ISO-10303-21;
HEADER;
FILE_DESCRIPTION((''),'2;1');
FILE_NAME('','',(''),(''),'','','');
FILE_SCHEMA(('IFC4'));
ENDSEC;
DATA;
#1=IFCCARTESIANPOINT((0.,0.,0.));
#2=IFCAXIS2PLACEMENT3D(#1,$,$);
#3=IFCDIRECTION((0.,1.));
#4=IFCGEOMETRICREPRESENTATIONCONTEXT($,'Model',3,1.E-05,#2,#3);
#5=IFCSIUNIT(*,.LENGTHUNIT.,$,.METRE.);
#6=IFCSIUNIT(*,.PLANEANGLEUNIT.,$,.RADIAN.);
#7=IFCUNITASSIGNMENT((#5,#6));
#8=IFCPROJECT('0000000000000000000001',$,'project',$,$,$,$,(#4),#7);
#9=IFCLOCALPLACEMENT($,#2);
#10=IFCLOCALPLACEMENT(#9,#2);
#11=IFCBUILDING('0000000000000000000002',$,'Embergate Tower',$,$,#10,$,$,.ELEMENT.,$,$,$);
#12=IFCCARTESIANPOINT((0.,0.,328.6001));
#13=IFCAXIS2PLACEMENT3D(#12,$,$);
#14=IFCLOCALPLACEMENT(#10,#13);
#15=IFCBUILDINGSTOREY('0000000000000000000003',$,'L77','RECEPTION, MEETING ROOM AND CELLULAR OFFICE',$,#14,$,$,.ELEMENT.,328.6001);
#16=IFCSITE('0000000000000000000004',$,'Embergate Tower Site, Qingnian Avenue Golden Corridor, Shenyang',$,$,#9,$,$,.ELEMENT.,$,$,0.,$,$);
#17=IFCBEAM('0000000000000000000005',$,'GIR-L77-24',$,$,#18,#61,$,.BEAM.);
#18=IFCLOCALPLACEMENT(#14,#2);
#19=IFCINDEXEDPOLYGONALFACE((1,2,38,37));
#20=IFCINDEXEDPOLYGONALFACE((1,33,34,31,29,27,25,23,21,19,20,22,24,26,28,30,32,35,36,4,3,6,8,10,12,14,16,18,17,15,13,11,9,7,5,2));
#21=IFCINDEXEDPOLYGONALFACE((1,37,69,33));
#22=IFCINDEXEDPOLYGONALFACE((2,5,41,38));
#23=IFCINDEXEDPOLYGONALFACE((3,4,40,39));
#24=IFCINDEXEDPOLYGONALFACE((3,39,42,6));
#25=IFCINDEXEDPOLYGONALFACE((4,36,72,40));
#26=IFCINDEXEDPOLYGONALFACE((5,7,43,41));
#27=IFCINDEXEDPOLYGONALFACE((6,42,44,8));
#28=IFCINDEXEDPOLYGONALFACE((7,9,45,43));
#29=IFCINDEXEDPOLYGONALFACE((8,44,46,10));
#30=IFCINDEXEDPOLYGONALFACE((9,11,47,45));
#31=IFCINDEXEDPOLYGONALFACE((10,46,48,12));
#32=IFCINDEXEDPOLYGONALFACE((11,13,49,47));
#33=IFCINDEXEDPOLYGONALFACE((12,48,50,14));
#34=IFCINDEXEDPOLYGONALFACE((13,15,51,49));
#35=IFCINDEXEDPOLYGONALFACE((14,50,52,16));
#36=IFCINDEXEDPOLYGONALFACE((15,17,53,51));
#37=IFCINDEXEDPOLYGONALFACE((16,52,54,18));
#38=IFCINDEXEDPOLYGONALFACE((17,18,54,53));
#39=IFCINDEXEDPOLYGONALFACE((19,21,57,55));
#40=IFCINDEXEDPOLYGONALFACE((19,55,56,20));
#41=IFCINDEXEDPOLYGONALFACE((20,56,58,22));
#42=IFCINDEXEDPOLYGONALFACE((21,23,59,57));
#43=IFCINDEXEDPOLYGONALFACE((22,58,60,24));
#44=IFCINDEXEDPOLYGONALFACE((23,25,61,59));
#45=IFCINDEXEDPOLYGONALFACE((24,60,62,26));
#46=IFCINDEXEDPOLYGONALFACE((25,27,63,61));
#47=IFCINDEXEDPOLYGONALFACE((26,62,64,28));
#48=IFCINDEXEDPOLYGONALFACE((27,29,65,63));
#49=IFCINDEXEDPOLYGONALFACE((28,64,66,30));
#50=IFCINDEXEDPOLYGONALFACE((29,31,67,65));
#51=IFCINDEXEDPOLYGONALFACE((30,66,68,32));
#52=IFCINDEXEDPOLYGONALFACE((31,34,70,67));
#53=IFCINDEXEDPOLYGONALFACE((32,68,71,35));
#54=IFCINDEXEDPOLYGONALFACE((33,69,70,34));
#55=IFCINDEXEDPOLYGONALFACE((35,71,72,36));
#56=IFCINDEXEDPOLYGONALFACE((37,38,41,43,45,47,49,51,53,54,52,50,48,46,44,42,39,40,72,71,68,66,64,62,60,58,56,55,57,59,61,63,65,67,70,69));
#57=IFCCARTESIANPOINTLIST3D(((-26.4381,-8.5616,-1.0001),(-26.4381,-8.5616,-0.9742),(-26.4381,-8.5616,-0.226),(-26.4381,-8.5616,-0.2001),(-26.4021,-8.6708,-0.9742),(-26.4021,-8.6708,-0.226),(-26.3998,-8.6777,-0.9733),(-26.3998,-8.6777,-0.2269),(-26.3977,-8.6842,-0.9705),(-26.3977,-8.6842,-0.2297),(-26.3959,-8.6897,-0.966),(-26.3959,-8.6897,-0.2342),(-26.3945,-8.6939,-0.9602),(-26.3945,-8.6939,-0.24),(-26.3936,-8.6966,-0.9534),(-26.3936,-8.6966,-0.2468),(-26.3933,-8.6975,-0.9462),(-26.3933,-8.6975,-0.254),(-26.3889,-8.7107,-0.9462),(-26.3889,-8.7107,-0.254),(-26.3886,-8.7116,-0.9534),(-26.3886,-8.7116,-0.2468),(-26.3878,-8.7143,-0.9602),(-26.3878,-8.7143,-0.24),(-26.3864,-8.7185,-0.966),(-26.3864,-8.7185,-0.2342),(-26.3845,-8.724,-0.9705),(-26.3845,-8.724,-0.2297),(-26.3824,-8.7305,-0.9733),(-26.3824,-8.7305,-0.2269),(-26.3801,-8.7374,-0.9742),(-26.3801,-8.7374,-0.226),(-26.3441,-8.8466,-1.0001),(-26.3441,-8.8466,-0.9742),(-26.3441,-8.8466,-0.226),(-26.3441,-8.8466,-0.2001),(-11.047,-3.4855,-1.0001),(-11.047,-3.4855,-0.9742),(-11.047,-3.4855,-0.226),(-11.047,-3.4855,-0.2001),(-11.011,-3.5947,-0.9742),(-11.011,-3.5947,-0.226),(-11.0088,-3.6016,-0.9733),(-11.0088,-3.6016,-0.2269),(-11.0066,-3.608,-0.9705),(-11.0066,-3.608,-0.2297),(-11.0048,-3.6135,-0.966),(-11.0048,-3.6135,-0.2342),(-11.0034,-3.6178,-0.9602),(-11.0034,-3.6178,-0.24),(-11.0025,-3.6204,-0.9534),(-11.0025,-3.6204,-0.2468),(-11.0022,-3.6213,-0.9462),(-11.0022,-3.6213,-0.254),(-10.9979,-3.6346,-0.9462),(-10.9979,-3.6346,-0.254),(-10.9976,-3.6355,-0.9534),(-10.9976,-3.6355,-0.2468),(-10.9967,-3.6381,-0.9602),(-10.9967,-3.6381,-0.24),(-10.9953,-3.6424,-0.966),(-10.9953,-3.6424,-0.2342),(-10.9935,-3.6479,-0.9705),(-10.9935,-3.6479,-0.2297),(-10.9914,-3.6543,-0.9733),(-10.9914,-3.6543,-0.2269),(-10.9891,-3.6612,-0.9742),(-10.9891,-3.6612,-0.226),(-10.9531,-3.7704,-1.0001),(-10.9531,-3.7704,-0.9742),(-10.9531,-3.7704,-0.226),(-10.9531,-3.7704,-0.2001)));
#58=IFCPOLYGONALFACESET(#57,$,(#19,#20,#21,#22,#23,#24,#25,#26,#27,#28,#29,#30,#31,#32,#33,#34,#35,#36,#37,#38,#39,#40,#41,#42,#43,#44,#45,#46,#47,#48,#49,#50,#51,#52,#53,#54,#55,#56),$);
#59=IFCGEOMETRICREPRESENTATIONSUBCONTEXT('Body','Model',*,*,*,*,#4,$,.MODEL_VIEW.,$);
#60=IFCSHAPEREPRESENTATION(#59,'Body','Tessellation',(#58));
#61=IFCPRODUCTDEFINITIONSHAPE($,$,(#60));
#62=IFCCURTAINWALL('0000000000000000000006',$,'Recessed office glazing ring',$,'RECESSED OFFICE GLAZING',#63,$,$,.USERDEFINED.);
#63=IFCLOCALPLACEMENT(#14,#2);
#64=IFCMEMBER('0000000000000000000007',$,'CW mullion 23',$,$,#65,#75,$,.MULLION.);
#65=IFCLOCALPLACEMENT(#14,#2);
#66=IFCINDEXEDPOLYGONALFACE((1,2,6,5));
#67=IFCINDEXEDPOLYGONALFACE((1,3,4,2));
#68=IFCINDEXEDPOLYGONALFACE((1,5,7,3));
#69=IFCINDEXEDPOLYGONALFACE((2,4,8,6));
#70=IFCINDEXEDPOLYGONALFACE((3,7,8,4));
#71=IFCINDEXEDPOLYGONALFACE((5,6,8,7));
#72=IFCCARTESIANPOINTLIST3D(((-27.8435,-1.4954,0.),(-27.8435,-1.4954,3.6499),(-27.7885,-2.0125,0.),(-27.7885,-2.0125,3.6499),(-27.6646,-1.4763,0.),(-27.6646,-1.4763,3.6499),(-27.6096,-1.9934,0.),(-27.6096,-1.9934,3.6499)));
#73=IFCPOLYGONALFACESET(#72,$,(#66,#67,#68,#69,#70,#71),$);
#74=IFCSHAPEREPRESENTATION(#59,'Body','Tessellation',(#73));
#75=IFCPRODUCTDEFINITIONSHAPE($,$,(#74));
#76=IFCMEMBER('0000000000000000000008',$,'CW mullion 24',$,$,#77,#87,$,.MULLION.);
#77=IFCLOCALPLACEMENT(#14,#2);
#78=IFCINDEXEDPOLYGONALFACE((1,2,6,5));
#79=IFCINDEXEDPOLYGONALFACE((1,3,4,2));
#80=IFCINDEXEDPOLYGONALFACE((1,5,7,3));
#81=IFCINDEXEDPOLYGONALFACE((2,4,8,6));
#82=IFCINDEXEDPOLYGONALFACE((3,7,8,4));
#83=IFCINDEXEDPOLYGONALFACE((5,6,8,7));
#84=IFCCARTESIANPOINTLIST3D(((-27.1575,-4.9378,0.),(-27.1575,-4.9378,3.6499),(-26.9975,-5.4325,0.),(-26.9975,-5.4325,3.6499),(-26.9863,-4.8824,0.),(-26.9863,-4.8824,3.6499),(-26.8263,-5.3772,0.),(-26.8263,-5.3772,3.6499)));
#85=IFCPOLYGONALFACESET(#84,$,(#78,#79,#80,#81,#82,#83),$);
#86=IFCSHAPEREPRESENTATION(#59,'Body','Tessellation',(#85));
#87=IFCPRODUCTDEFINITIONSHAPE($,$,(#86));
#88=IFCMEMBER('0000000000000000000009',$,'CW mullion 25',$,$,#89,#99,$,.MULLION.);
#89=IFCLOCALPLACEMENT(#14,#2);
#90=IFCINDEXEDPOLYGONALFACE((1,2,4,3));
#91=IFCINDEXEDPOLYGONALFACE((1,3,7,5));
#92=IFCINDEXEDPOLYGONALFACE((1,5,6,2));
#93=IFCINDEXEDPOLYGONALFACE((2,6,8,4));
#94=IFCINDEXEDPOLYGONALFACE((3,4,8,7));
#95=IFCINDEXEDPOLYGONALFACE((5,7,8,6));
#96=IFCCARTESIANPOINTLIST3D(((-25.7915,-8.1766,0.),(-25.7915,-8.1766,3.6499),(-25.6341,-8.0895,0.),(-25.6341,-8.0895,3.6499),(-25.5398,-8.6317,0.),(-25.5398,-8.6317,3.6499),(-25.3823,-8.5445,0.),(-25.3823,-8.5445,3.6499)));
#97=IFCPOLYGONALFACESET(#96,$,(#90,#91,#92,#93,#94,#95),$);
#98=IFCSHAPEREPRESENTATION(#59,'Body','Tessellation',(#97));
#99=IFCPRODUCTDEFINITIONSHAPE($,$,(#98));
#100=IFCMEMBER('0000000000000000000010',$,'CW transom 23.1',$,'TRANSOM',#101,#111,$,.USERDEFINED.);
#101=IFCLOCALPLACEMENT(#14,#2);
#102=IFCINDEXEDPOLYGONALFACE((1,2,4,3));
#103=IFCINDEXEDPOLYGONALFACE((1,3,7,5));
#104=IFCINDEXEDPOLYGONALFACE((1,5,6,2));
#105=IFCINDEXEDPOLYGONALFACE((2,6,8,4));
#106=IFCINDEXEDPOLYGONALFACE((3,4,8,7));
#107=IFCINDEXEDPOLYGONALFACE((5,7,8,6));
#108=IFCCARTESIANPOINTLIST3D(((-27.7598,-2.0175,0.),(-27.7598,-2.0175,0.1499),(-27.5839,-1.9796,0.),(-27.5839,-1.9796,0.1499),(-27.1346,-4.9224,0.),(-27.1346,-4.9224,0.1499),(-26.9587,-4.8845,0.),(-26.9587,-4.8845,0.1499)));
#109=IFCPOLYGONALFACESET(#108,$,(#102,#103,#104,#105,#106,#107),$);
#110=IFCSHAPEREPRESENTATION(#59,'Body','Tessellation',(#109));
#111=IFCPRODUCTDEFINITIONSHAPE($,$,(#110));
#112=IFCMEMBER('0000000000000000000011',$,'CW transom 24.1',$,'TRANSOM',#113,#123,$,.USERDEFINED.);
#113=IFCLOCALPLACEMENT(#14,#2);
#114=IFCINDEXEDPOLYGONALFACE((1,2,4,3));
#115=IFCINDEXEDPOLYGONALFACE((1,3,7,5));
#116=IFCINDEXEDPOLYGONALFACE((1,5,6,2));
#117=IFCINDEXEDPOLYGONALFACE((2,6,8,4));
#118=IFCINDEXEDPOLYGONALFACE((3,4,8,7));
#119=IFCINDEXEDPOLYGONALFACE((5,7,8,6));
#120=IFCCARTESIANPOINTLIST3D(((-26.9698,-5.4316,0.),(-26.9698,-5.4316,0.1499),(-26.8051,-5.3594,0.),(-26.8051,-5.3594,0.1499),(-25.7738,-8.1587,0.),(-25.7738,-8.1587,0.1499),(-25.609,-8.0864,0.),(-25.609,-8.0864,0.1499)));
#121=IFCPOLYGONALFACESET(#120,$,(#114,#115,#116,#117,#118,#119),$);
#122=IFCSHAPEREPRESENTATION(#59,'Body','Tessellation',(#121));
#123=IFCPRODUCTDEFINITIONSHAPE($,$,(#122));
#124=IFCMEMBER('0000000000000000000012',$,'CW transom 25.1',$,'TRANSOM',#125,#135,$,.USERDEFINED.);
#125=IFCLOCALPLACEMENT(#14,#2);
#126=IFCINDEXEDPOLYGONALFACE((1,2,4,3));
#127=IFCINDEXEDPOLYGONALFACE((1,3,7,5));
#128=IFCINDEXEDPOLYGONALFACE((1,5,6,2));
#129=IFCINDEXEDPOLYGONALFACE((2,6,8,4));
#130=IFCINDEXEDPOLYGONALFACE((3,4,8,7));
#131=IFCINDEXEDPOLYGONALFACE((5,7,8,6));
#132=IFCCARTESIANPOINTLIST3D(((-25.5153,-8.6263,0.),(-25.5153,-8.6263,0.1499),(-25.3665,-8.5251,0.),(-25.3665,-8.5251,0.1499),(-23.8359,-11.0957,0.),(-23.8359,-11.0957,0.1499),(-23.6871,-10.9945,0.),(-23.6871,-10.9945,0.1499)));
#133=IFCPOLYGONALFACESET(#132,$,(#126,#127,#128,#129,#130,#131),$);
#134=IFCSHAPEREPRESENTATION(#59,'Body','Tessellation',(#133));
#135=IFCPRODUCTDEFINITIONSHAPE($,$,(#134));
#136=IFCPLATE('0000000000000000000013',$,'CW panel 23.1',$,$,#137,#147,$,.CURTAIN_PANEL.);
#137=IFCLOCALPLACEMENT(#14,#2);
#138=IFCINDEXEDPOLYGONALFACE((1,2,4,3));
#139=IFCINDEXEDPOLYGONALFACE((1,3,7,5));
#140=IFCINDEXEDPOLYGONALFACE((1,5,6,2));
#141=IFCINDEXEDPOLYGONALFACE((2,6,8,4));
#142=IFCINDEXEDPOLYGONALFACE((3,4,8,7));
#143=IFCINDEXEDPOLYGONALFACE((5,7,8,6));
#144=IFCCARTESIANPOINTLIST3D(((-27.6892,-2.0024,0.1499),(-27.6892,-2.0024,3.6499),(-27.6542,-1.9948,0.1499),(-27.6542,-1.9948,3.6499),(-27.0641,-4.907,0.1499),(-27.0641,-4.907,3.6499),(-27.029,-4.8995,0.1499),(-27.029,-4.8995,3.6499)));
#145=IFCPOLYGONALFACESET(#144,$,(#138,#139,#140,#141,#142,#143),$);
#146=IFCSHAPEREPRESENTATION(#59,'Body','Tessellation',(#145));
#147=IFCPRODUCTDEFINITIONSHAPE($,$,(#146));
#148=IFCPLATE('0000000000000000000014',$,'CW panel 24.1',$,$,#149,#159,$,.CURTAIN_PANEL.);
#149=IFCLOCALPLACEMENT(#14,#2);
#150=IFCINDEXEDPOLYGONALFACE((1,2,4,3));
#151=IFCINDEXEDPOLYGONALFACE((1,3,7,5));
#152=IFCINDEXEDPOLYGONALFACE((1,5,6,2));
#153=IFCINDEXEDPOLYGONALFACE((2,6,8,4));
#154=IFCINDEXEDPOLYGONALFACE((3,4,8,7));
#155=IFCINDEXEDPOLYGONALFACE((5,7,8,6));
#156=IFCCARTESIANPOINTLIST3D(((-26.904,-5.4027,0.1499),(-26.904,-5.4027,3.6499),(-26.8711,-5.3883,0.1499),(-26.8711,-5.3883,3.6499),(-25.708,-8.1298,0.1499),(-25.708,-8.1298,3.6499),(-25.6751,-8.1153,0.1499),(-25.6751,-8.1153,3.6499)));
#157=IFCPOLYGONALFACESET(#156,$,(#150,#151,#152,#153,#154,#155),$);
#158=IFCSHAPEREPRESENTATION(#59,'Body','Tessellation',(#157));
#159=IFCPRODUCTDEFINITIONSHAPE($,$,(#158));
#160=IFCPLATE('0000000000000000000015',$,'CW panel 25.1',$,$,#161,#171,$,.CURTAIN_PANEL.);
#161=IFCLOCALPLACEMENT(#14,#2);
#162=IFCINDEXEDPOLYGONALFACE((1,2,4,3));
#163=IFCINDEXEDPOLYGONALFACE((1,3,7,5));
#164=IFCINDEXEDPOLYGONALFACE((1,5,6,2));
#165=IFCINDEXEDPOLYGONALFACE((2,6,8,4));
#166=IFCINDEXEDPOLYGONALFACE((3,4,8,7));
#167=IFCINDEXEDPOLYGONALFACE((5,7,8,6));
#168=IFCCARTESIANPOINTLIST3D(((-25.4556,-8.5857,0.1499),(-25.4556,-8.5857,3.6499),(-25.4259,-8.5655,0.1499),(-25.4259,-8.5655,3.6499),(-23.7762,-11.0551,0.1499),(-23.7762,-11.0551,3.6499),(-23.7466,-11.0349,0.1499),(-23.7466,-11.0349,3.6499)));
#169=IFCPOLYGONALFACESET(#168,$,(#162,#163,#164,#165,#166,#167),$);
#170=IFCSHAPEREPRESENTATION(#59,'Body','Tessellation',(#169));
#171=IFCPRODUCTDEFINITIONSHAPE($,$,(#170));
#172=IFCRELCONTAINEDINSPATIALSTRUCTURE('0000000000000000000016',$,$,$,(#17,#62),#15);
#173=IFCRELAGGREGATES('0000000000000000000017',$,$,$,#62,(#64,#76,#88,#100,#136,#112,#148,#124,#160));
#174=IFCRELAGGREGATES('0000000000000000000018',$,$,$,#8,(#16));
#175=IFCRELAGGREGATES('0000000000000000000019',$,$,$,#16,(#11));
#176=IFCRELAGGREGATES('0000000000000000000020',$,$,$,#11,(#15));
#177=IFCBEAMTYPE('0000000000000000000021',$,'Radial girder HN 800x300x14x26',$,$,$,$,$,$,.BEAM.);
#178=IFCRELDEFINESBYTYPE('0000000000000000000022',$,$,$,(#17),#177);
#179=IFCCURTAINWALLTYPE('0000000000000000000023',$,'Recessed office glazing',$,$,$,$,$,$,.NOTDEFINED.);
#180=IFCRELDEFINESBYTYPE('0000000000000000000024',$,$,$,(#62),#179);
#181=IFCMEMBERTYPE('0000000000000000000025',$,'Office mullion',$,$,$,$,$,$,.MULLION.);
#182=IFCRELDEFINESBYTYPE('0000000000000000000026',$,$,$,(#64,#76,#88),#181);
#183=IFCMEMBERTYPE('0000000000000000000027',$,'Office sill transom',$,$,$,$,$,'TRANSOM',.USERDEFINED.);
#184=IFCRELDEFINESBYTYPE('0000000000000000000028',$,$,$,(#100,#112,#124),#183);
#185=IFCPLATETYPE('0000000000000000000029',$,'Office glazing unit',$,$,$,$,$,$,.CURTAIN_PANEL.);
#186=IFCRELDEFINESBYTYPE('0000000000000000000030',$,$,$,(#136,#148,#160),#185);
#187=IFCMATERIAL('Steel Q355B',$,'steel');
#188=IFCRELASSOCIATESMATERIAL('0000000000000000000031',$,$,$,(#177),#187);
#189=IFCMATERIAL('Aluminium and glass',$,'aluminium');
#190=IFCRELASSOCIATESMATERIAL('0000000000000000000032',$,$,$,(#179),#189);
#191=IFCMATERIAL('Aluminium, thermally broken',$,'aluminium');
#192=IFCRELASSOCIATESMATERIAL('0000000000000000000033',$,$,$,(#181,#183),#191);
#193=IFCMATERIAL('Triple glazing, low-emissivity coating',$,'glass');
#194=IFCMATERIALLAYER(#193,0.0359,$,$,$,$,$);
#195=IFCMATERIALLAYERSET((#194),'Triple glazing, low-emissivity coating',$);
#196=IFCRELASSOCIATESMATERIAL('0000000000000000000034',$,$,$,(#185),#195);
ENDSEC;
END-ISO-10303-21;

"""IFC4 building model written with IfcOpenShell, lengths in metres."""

from ifc_helpers import new_model, si_unit, direction, frame, origin, origin_2d, place, context, subcontext, project, spatial, rectangle, i_section, extrude, source, transform, mapped, material, layer, layer_set, material_profile, profile_set, type_object, element, aggregate, save


model = new_model("IFC4")

# Units and contexts
model_context = context("Model", 3, precision=1e-05, world=origin(), true_north=direction((0.0, 1.0)))
body_context = subcontext(model_context, "Body", "Model", "MODEL_VIEW")
ifc_project = project(units=[si_unit("LENGTHUNIT", "METRE"), si_unit("PLANEANGLEUNIT", "RADIAN")], contexts=[model_context])

# Site, building, storey
site_placement = place(None, origin())
site = spatial("IfcSite", under=ifc_project, at=site_placement, Name="Embergate Tower Site, Qingnian Avenue Golden Corridor, Shenyang", CompositionType="ELEMENT", RefElevation=0.0)
building_placement = place(site_placement, origin())
building = spatial("IfcBuilding", under=site, at=building_placement, Name="Embergate Tower", CompositionType="ELEMENT")
storey_placement = place(building_placement, frame((0.0, 0.0, 328.6001)))
storey = spatial("IfcBuildingStorey", under=building, at=storey_placement, Name="L77", Description="RECEPTION, MEETING ROOM AND CELLULAR OFFICE", CompositionType="ELEMENT", Elevation=328.6001)

# Beam
ifc_material_1 = material(Name="Steel Q355B", Category="steel")
ifc_material_profile_1 = material_profile(ifc_material_1, i_section(OverallWidth=0.3, OverallDepth=0.8, WebThickness=0.0139, FlangeThickness=0.0259, FilletRadius=0.0281, at=origin_2d()), Name="HN 800x300x14x26")
ifc_profile_set_1 = profile_set([ifc_material_profile_1], Name="Steel Q355 grade B")
beam_type_1 = type_object("IfcBeamType", Name="Radial girder HN 800x300x14x26", PredefinedType="BEAM", material=ifc_profile_set_1)
shared_shape_1 = source(origin(), body_context, "Body", "SweptSolid", [
    extrude(i_section(OverallWidth=0.3, OverallDepth=0.8, WebThickness=0.0139, FlangeThickness=0.0259, FilletRadius=0.0281, at=origin_2d()), origin(), (0.0, 0.0, 1.0), 16.2065),
])
beam_1_placement = place(storey_placement, frame((-26.3911, -8.7041, -0.6001), z_axis=(0.949682, 0.313216, 0.0), x_axis=(-0.313216, 0.949682, 0.0)))
element("IfcBeam", 1, at=beam_1_placement, inside=storey, type_object=beam_type_1, Name="GIR-L77-24", PredefinedType="BEAM", context=body_context, shape_type="MappedRepresentation", body=[
    mapped(shared_shape_1, transform((0.0, 0.0, 0.0))),
])

# Curtain wall, members, plates
ifc_material_2 = material(Name="Aluminium and glass", Category="aluminium")
curtain_wall_type = type_object("IfcCurtainWallType", Name="Recessed office glazing", PredefinedType="NOTDEFINED", material=ifc_material_2)
curtain_wall_placement = place(storey_placement, origin())
curtain_wall = element("IfcCurtainWall", 2, at=curtain_wall_placement, inside=storey, type_object=curtain_wall_type, Name="Recessed office glazing ring", ObjectType="RECESSED OFFICE GLAZING", PredefinedType="USERDEFINED")
ifc_material_3 = material(Name="Aluminium, thermally broken", Category="aluminium")
ifc_material_profile_2 = material_profile(ifc_material_3, rectangle(XDim=0.1799, YDim=0.52, at=origin_2d()), Name="AL 520x180")
ifc_profile_set_2 = profile_set([ifc_material_profile_2], Name="Aluminium, thermally broken")
member_type_1 = type_object("IfcMemberType", Name="Office mullion", PredefinedType="MULLION", material=ifc_profile_set_2)
shared_shape_2 = source(origin(), body_context, "Body", "SweptSolid", [
    extrude(rectangle(XDim=0.1799, YDim=0.52, at=origin_2d()), origin(), (0.0, 0.0, 1.0), 3.6499),
])
member_1_placement = place(storey_placement, frame((-27.7266, -1.7444, 0.0), z_axis=(0.0, 0.0, 1.0), x_axis=(0.994384, 0.105834, 0.0)))
member_1 = element("IfcMember", 3, at=member_1_placement, type_object=member_type_1, Name="CW mullion 23", PredefinedType="MULLION", context=body_context, shape_type="MappedRepresentation", body=[
    mapped(shared_shape_2, transform((0.0, 0.0, 0.0))),
])
member_2_placement = place(storey_placement, frame((-26.9919, -5.1575, 0.0), z_axis=(0.0, 0.0, 1.0), x_axis=(0.95149, 0.30768, 0.0)))
member_2 = element("IfcMember", 4, at=member_2_placement, type_object=member_type_1, Name="CW mullion 24", PredefinedType="MULLION", context=body_context, shape_type="MappedRepresentation", body=[
    mapped(shared_shape_2, transform((0.0, 0.0, 0.0))),
])
member_3_placement = place(storey_placement, frame((-25.5869, -8.3606, 0.0), z_axis=(0.0, 0.0, 1.0), x_axis=(0.874988, 0.484145, 0.0)))
member_3 = element("IfcMember", 5, at=member_3_placement, type_object=member_type_1, Name="CW mullion 25", PredefinedType="MULLION", context=body_context, shape_type="MappedRepresentation", body=[
    mapped(shared_shape_2, transform((0.0, 0.0, 0.0))),
])
ifc_material_profile_3 = material_profile(ifc_material_3, rectangle(XDim=0.1799, YDim=0.1499, at=origin_2d()), Name="AL 150x180")
ifc_profile_set_3 = profile_set([ifc_material_profile_3], Name="Aluminium, thermally broken")
member_type_2 = type_object("IfcMemberType", Name="Office sill transom", ElementType="TRANSOM", PredefinedType="USERDEFINED", material=ifc_profile_set_3)
shared_shape_3 = source(origin(), body_context, "Body", "SweptSolid", [
    extrude(rectangle(XDim=0.1799, YDim=0.1499, at=origin_2d()), origin(), (0.0, 0.0, 1.0), 2.9714),
])
member_4_placement = place(storey_placement, frame((-27.6719, -1.9985, 0.075), z_axis=(0.210427, -0.97761, 0.0), x_axis=(0.97761, 0.210427, 0.0)))
member_4 = element("IfcMember", 6, at=member_4_placement, type_object=member_type_2, Name="CW transom 23.1", ObjectType="TRANSOM", PredefinedType="USERDEFINED", context=body_context, shape_type="MappedRepresentation", body=[
    mapped(shared_shape_3, transform((0.0, 0.0, 0.0))),
])
shared_shape_4 = source(origin(), body_context, "Body", "SweptSolid", [
    extrude(rectangle(XDim=0.1799, YDim=0.1499, at=origin_2d()), origin(), (0.0, 0.0, 1.0), 2.9778),
])
member_5_placement = place(storey_placement, frame((-26.8875, -5.3955, 0.075), z_axis=(0.401653, -0.915792, 0.0), x_axis=(0.915792, 0.401653, 0.0)))
member_5 = element("IfcMember", 7, at=member_5_placement, type_object=member_type_2, Name="CW transom 24.1", ObjectType="TRANSOM", PredefinedType="USERDEFINED", context=body_context, shape_type="MappedRepresentation", body=[
    mapped(shared_shape_4, transform((0.0, 0.0, 0.0))),
])
shared_shape_5 = source(origin(), body_context, "Body", "SweptSolid", [
    extrude(rectangle(XDim=0.1799, YDim=0.1499, at=origin_2d()), origin(), (0.0, 0.0, 1.0), 2.9863),
])
member_6_placement = place(storey_placement, frame((-25.4409, -8.5757, 0.075), z_axis=(0.562355, -0.826896, 0.0), x_axis=(0.826896, 0.562355, 0.0)))
member_6 = element("IfcMember", 8, at=member_6_placement, type_object=member_type_2, Name="CW transom 25.1", ObjectType="TRANSOM", PredefinedType="USERDEFINED", context=body_context, shape_type="MappedRepresentation", body=[
    mapped(shared_shape_5, transform((0.0, 0.0, 0.0))),
])
ifc_material_4 = material(Name="Triple glazing, low-emissivity coating", Category="glass")
ifc_layer_1 = layer(ifc_material_4, 0.0359)
ifc_layer_set_1 = layer_set([ifc_layer_1], Name="Triple glazing, low-emissivity coating")
plate_type = type_object("IfcPlateType", Name="Office glazing unit", PredefinedType="CURTAIN_PANEL", material=ifc_layer_set_1)
shared_shape_6 = source(origin(), body_context, "Body", "SweptSolid", [
    extrude(rectangle(XDim=2.9712, YDim=0.0359, at=origin_2d()), origin(), (0.0, 0.0, 1.0), 3.5),
])
plate_1_placement = place(storey_placement, frame((-27.3591, -3.4509, 0.1499), z_axis=(0.0, 0.0, 1.0), x_axis=(0.210402, -0.977615, 0.0)))
plate_1 = element("IfcPlate", 9, at=plate_1_placement, type_object=plate_type, Name="CW panel 23.1", PredefinedType="CURTAIN_PANEL", context=body_context, shape_type="MappedRepresentation", body=[
    mapped(shared_shape_6, transform((0.0, 0.0, 0.0))),
])
shared_shape_7 = source(origin(), body_context, "Body", "SweptSolid", [
    extrude(rectangle(XDim=2.9778, YDim=0.0359, at=origin_2d()), origin(), (0.0, 0.0, 1.0), 3.5),
])
plate_2_placement = place(storey_placement, frame((-26.2896, -6.759, 0.1499), z_axis=(0.0, 0.0, 1.0), x_axis=(0.401658, -0.91579, 0.0)))
plate_2 = element("IfcPlate", 10, at=plate_2_placement, type_object=plate_type, Name="CW panel 24.1", PredefinedType="CURTAIN_PANEL", context=body_context, shape_type="MappedRepresentation", body=[
    mapped(shared_shape_7, transform((0.0, 0.0, 0.0))),
])
shared_shape_8 = source(origin(), body_context, "Body", "SweptSolid", [
    extrude(rectangle(XDim=2.9863, YDim=0.0359, at=origin_2d()), origin(), (0.0, 0.0, 1.0), 3.5),
])
plate_3_placement = place(storey_placement, frame((-24.6011, -9.8103, 0.1499), z_axis=(0.0, 0.0, 1.0), x_axis=(0.562348, -0.826901, 0.0)))
plate_3 = element("IfcPlate", 11, at=plate_3_placement, type_object=plate_type, Name="CW panel 25.1", PredefinedType="CURTAIN_PANEL", context=body_context, shape_type="MappedRepresentation", body=[
    mapped(shared_shape_8, transform((0.0, 0.0, 0.0))),
])
aggregate(curtain_wall, [member_1, member_2, member_3, member_4, plate_1, member_5, plate_2, member_6, plate_3])

save(model, "model.ifc")
